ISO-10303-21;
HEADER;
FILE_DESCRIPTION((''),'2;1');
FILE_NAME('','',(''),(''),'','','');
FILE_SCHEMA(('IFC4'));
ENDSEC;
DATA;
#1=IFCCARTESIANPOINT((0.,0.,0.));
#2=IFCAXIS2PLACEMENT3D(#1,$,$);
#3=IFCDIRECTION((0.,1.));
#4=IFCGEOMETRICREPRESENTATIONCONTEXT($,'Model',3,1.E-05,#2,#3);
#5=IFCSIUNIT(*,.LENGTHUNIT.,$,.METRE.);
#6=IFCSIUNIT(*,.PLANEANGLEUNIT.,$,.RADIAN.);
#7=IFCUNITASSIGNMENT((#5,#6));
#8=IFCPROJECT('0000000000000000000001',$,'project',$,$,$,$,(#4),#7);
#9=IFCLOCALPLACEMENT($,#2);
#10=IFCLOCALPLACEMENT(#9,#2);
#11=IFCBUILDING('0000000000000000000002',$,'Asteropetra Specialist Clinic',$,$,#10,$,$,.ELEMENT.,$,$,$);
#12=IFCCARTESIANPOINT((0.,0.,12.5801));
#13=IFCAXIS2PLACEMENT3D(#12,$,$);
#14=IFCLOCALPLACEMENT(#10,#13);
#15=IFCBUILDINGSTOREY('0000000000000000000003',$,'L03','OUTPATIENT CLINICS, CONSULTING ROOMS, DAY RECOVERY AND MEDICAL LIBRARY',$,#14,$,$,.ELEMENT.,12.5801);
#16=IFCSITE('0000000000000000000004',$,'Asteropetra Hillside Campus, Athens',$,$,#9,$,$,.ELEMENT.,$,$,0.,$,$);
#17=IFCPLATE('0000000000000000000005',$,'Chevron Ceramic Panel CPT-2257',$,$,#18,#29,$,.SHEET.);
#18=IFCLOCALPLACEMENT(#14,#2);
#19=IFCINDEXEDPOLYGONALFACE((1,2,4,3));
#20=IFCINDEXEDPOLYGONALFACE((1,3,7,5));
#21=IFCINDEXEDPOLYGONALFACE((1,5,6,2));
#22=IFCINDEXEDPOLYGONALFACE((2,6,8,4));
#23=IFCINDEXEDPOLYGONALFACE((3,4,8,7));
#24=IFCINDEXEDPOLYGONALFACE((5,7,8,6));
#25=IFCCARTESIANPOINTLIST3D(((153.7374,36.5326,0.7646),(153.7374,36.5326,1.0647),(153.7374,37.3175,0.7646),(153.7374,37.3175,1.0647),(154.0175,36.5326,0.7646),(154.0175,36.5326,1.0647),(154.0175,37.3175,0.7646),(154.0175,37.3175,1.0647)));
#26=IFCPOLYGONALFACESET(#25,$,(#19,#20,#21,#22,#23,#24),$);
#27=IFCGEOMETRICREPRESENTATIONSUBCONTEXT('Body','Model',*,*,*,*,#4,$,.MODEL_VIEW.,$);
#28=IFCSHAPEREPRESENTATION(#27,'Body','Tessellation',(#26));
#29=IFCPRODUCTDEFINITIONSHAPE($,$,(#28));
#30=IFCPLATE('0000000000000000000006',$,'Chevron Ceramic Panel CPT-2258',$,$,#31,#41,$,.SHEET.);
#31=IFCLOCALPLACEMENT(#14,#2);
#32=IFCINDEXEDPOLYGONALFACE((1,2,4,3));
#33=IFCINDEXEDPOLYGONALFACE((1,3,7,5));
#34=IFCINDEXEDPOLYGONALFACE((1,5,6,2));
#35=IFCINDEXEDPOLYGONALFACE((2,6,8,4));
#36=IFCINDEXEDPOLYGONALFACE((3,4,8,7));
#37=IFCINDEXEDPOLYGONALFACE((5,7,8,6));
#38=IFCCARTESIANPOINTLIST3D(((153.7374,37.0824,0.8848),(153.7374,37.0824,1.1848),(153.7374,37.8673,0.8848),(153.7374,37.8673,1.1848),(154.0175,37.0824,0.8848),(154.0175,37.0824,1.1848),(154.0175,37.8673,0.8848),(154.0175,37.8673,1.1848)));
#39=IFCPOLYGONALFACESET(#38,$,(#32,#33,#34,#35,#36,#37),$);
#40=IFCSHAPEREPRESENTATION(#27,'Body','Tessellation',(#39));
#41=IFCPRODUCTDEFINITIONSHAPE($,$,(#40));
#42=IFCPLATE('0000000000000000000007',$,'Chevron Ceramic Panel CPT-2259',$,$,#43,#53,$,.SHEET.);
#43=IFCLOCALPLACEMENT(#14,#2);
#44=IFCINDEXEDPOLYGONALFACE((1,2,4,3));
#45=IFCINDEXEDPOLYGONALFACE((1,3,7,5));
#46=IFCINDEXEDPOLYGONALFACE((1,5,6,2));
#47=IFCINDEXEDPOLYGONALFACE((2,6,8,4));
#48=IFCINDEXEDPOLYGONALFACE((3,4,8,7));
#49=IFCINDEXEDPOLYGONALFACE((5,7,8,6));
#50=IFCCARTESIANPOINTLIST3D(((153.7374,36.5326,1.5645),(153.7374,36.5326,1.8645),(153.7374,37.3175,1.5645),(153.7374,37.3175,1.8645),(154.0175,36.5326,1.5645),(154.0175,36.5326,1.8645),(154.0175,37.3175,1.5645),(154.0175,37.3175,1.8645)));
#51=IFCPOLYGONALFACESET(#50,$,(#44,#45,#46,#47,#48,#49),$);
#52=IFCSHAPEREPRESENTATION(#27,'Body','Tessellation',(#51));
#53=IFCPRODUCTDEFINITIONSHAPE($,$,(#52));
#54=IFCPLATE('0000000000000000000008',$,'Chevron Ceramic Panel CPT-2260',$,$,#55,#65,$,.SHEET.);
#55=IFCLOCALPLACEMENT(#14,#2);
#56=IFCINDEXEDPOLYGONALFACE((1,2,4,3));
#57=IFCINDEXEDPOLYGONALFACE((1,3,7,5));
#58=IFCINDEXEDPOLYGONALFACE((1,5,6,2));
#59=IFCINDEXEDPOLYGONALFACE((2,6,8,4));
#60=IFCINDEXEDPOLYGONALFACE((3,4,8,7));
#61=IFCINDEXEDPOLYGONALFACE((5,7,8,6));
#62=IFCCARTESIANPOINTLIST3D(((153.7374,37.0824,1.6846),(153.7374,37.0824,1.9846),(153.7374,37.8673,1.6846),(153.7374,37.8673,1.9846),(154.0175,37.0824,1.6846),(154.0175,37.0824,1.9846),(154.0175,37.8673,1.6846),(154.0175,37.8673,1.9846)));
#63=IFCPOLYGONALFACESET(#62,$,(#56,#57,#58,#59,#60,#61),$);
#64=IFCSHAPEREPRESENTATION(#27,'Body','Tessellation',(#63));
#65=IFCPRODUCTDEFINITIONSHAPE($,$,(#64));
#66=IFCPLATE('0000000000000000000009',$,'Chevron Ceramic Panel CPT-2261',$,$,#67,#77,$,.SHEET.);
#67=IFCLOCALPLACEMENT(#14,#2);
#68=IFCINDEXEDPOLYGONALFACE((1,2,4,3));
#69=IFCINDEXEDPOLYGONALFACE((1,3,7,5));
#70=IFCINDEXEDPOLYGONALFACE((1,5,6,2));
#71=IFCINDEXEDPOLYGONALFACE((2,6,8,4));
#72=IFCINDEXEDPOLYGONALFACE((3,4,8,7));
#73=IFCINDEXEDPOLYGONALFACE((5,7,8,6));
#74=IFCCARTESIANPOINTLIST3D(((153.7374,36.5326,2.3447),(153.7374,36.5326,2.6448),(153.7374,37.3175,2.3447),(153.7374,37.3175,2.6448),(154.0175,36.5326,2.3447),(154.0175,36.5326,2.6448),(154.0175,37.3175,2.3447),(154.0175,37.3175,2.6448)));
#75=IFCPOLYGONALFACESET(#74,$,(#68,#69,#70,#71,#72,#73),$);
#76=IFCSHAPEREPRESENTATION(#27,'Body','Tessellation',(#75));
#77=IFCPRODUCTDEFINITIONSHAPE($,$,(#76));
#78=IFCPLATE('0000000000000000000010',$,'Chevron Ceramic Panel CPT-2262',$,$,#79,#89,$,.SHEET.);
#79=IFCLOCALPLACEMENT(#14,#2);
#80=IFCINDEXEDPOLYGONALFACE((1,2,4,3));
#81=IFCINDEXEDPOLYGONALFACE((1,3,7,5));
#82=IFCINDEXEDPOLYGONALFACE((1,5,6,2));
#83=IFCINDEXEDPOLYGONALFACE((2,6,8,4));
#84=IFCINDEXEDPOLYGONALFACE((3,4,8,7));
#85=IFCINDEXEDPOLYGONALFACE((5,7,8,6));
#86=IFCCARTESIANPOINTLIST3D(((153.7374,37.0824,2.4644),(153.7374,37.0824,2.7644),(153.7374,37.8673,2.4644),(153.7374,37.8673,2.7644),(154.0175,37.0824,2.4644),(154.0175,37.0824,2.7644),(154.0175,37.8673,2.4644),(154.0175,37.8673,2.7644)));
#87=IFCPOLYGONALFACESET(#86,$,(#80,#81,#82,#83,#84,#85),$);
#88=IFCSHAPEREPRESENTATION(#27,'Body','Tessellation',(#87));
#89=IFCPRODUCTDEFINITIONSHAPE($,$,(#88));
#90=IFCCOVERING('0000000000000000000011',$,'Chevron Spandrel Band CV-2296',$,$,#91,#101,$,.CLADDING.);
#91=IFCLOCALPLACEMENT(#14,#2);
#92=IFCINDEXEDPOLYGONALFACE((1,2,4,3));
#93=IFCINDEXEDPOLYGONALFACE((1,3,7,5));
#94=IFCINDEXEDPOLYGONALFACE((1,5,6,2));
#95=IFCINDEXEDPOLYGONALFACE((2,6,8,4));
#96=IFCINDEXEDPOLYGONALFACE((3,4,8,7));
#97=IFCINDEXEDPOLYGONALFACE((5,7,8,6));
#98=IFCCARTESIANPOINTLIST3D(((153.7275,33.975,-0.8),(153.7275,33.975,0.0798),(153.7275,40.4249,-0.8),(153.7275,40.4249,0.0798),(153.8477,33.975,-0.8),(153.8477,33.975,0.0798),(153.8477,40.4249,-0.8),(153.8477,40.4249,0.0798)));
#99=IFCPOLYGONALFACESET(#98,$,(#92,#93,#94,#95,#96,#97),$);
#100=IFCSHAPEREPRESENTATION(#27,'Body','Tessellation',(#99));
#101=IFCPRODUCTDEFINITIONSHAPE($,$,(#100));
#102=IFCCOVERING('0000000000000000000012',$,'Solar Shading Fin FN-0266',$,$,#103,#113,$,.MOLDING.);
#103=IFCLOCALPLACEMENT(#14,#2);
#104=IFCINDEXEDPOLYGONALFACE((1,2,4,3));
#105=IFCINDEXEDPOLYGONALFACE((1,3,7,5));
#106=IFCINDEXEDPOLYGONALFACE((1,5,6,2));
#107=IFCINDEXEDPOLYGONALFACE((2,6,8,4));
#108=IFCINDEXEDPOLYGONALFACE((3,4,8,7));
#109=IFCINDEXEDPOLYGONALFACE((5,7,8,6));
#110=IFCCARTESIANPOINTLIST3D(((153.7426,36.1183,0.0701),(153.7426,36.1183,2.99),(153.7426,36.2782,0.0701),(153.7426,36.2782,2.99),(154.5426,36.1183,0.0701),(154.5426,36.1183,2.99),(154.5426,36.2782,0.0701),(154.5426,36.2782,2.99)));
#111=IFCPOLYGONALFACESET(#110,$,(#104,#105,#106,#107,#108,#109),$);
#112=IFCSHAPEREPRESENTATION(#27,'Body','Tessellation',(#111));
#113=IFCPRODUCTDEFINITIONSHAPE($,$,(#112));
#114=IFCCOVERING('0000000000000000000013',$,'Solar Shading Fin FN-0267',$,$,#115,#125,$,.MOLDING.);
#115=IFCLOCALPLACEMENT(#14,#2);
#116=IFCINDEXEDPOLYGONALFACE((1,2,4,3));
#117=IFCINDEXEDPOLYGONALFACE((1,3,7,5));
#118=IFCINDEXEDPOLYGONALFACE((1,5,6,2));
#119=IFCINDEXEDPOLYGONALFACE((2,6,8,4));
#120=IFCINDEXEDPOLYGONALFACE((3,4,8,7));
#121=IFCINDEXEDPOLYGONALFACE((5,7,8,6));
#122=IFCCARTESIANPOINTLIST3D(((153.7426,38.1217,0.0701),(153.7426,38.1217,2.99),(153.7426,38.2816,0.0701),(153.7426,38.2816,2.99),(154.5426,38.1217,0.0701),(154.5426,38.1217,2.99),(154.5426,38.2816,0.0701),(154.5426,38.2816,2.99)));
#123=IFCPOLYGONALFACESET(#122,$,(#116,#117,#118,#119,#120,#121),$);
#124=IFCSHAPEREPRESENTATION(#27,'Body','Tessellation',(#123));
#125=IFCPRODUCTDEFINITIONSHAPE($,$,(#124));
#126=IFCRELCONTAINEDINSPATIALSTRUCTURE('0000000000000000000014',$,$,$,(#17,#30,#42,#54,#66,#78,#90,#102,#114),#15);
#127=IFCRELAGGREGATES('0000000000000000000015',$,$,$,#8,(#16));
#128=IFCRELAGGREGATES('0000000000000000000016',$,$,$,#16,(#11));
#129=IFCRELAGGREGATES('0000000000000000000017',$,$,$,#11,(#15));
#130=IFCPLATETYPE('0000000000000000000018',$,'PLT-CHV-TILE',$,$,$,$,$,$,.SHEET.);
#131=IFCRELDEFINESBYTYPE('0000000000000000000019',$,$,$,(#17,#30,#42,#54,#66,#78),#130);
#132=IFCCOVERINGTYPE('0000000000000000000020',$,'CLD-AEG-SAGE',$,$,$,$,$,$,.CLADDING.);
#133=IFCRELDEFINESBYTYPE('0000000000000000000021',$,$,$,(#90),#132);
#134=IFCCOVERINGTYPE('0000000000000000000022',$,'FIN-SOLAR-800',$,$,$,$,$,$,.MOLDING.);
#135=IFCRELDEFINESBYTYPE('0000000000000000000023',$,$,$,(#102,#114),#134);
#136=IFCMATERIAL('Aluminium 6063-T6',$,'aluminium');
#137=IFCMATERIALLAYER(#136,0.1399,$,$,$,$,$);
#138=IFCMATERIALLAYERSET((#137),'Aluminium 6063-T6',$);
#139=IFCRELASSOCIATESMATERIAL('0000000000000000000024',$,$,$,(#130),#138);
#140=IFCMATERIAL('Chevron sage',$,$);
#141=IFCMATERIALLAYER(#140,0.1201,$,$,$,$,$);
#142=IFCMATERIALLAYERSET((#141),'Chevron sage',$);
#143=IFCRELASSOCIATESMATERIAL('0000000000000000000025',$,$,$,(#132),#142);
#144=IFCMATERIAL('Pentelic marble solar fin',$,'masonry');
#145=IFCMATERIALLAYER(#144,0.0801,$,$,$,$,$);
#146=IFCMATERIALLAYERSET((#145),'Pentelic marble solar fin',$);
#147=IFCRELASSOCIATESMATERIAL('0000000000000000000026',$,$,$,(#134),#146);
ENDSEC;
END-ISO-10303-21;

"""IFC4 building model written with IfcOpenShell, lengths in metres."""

from ifc_helpers import new_model, si_unit, direction, frame, origin, origin_2d, place, context, subcontext, project, spatial, rectangle, extrude, material, layer, layer_set, type_object, element, save


model = new_model("IFC4")

# Units and contexts
model_context = context("Model", 3, precision=1e-05, world=origin(), true_north=direction((0.0, 1.0)))
body_context = subcontext(model_context, "Body", "Model", "MODEL_VIEW")
ifc_project = project(units=[si_unit("LENGTHUNIT", "METRE"), si_unit("PLANEANGLEUNIT", "RADIAN")], contexts=[model_context])

# Site, building, storey
site_placement = place(None, origin())
site = spatial("IfcSite", under=ifc_project, at=site_placement, Name="Asteropetra Hillside Campus, Athens", CompositionType="ELEMENT", RefElevation=0.0)
building_placement = place(site_placement, origin())
building = spatial("IfcBuilding", under=site, at=building_placement, Name="Asteropetra Specialist Clinic", CompositionType="ELEMENT")
storey_placement = place(building_placement, frame((0.0, 0.0, 12.5801)))
storey = spatial("IfcBuildingStorey", under=building, at=storey_placement, Name="L03", Description="OUTPATIENT CLINICS, CONSULTING ROOMS, DAY RECOVERY AND MEDICAL LIBRARY", CompositionType="ELEMENT", Elevation=12.5801)

# Plates
ifc_material_1 = material(Name="Aluminium 6063-T6", Category="aluminium")
ifc_layer_1 = layer(ifc_material_1, 0.1399)
ifc_layer_set_1 = layer_set([ifc_layer_1], Name="Aluminium 6063-T6")
plate_type_1 = type_object("IfcPlateType", Name="PLT-CHV-TILE", PredefinedType="SHEET", material=ifc_layer_set_1)
for number, where, z_axis, x_axis, name in (
    (1, (153.8774, 36.925, 0.7646), (0.0, 0.0, 1.0), (1.0, 0.0, 0.0), "Chevron Ceramic Panel CPT-2257"),
    (2, (153.8774, 37.4749, 0.8848), (0.0, 0.0, 1.0), (1.0, 0.0, 0.0), "Chevron Ceramic Panel CPT-2258"),
    (3, (153.8774, 36.925, 1.5645), (0.0, 0.0, 1.0), (1.0, 0.0, 0.0), "Chevron Ceramic Panel CPT-2259"),
    (4, (153.8774, 37.4749, 1.6846), (0.0, 0.0, 1.0), (1.0, 0.0, 0.0), "Chevron Ceramic Panel CPT-2260"),
    (5, (153.8774, 36.925, 2.3447), (0.0, 0.0, 1.0), (1.0, 0.0, 0.0), "Chevron Ceramic Panel CPT-2261"),
    (6, (153.8774, 37.4749, 2.4644), (0.0, 0.0, 1.0), (1.0, 0.0, 0.0), "Chevron Ceramic Panel CPT-2262"),
):
    element("IfcPlate", number, at=place(storey_placement, frame(where, z_axis=z_axis, x_axis=x_axis)), inside=storey, type_object=plate_type_1, Name=name, PredefinedType="SHEET", context=body_context, shape_type="SweptSolid", body=[
        extrude(rectangle(XDim=0.28, YDim=0.7849, at=origin_2d()), origin(), (0.0, 0.0, 1.0), 0.3),
    ])

# Coverings
ifc_material_2 = material(Name="Chevron sage")
ifc_layer_2 = layer(ifc_material_2, 0.1201)
ifc_layer_set_2 = layer_set([ifc_layer_2], Name="Chevron sage")
covering_type_1 = type_object("IfcCoveringType", Name="CLD-AEG-SAGE", PredefinedType="CLADDING", material=ifc_layer_set_2)
covering_placement = place(storey_placement, frame((153.7876, 37.2, -0.8), z_axis=(0.0, 0.0, 1.0), x_axis=(1.0, 0.0, 0.0)))
element("IfcCovering", 7, at=covering_placement, inside=storey, type_object=covering_type_1, Name="Chevron Spandrel Band CV-2296", PredefinedType="CLADDING", context=body_context, shape_type="SweptSolid", body=[
    extrude(rectangle(XDim=0.1201, YDim=6.45, at=origin_2d()), origin(), (0.0, 0.0, 1.0), 0.8799),
])
ifc_material_3 = material(Name="Pentelic marble solar fin", Category="masonry")
ifc_layer_3 = layer(ifc_material_3, 0.0801)
ifc_layer_set_3 = layer_set([ifc_layer_3], Name="Pentelic marble solar fin")
covering_type_2 = type_object("IfcCoveringType", Name="FIN-SOLAR-800", PredefinedType="MOLDING", material=ifc_layer_set_3)
for number, where, z_axis, x_axis, name in (
    (8, (154.1426, 36.1982, 0.0701), (0.0, 0.0, 1.0), (1.0, 0.0, 0.0), "Solar Shading Fin FN-0266"),
    (9, (154.1426, 38.2017, 0.0701), (0.0, 0.0, 1.0), (1.0, 0.0, 0.0), "Solar Shading Fin FN-0267"),
):
    element("IfcCovering", number, at=place(storey_placement, frame(where, z_axis=z_axis, x_axis=x_axis)), inside=storey, type_object=covering_type_2, Name=name, PredefinedType="MOLDING", context=body_context, shape_type="SweptSolid", body=[
        extrude(rectangle(XDim=0.8, YDim=0.1599, at=origin_2d()), origin(), (0.0, 0.0, 1.0), 2.9199),
    ])

save(model, "model.ifc")
